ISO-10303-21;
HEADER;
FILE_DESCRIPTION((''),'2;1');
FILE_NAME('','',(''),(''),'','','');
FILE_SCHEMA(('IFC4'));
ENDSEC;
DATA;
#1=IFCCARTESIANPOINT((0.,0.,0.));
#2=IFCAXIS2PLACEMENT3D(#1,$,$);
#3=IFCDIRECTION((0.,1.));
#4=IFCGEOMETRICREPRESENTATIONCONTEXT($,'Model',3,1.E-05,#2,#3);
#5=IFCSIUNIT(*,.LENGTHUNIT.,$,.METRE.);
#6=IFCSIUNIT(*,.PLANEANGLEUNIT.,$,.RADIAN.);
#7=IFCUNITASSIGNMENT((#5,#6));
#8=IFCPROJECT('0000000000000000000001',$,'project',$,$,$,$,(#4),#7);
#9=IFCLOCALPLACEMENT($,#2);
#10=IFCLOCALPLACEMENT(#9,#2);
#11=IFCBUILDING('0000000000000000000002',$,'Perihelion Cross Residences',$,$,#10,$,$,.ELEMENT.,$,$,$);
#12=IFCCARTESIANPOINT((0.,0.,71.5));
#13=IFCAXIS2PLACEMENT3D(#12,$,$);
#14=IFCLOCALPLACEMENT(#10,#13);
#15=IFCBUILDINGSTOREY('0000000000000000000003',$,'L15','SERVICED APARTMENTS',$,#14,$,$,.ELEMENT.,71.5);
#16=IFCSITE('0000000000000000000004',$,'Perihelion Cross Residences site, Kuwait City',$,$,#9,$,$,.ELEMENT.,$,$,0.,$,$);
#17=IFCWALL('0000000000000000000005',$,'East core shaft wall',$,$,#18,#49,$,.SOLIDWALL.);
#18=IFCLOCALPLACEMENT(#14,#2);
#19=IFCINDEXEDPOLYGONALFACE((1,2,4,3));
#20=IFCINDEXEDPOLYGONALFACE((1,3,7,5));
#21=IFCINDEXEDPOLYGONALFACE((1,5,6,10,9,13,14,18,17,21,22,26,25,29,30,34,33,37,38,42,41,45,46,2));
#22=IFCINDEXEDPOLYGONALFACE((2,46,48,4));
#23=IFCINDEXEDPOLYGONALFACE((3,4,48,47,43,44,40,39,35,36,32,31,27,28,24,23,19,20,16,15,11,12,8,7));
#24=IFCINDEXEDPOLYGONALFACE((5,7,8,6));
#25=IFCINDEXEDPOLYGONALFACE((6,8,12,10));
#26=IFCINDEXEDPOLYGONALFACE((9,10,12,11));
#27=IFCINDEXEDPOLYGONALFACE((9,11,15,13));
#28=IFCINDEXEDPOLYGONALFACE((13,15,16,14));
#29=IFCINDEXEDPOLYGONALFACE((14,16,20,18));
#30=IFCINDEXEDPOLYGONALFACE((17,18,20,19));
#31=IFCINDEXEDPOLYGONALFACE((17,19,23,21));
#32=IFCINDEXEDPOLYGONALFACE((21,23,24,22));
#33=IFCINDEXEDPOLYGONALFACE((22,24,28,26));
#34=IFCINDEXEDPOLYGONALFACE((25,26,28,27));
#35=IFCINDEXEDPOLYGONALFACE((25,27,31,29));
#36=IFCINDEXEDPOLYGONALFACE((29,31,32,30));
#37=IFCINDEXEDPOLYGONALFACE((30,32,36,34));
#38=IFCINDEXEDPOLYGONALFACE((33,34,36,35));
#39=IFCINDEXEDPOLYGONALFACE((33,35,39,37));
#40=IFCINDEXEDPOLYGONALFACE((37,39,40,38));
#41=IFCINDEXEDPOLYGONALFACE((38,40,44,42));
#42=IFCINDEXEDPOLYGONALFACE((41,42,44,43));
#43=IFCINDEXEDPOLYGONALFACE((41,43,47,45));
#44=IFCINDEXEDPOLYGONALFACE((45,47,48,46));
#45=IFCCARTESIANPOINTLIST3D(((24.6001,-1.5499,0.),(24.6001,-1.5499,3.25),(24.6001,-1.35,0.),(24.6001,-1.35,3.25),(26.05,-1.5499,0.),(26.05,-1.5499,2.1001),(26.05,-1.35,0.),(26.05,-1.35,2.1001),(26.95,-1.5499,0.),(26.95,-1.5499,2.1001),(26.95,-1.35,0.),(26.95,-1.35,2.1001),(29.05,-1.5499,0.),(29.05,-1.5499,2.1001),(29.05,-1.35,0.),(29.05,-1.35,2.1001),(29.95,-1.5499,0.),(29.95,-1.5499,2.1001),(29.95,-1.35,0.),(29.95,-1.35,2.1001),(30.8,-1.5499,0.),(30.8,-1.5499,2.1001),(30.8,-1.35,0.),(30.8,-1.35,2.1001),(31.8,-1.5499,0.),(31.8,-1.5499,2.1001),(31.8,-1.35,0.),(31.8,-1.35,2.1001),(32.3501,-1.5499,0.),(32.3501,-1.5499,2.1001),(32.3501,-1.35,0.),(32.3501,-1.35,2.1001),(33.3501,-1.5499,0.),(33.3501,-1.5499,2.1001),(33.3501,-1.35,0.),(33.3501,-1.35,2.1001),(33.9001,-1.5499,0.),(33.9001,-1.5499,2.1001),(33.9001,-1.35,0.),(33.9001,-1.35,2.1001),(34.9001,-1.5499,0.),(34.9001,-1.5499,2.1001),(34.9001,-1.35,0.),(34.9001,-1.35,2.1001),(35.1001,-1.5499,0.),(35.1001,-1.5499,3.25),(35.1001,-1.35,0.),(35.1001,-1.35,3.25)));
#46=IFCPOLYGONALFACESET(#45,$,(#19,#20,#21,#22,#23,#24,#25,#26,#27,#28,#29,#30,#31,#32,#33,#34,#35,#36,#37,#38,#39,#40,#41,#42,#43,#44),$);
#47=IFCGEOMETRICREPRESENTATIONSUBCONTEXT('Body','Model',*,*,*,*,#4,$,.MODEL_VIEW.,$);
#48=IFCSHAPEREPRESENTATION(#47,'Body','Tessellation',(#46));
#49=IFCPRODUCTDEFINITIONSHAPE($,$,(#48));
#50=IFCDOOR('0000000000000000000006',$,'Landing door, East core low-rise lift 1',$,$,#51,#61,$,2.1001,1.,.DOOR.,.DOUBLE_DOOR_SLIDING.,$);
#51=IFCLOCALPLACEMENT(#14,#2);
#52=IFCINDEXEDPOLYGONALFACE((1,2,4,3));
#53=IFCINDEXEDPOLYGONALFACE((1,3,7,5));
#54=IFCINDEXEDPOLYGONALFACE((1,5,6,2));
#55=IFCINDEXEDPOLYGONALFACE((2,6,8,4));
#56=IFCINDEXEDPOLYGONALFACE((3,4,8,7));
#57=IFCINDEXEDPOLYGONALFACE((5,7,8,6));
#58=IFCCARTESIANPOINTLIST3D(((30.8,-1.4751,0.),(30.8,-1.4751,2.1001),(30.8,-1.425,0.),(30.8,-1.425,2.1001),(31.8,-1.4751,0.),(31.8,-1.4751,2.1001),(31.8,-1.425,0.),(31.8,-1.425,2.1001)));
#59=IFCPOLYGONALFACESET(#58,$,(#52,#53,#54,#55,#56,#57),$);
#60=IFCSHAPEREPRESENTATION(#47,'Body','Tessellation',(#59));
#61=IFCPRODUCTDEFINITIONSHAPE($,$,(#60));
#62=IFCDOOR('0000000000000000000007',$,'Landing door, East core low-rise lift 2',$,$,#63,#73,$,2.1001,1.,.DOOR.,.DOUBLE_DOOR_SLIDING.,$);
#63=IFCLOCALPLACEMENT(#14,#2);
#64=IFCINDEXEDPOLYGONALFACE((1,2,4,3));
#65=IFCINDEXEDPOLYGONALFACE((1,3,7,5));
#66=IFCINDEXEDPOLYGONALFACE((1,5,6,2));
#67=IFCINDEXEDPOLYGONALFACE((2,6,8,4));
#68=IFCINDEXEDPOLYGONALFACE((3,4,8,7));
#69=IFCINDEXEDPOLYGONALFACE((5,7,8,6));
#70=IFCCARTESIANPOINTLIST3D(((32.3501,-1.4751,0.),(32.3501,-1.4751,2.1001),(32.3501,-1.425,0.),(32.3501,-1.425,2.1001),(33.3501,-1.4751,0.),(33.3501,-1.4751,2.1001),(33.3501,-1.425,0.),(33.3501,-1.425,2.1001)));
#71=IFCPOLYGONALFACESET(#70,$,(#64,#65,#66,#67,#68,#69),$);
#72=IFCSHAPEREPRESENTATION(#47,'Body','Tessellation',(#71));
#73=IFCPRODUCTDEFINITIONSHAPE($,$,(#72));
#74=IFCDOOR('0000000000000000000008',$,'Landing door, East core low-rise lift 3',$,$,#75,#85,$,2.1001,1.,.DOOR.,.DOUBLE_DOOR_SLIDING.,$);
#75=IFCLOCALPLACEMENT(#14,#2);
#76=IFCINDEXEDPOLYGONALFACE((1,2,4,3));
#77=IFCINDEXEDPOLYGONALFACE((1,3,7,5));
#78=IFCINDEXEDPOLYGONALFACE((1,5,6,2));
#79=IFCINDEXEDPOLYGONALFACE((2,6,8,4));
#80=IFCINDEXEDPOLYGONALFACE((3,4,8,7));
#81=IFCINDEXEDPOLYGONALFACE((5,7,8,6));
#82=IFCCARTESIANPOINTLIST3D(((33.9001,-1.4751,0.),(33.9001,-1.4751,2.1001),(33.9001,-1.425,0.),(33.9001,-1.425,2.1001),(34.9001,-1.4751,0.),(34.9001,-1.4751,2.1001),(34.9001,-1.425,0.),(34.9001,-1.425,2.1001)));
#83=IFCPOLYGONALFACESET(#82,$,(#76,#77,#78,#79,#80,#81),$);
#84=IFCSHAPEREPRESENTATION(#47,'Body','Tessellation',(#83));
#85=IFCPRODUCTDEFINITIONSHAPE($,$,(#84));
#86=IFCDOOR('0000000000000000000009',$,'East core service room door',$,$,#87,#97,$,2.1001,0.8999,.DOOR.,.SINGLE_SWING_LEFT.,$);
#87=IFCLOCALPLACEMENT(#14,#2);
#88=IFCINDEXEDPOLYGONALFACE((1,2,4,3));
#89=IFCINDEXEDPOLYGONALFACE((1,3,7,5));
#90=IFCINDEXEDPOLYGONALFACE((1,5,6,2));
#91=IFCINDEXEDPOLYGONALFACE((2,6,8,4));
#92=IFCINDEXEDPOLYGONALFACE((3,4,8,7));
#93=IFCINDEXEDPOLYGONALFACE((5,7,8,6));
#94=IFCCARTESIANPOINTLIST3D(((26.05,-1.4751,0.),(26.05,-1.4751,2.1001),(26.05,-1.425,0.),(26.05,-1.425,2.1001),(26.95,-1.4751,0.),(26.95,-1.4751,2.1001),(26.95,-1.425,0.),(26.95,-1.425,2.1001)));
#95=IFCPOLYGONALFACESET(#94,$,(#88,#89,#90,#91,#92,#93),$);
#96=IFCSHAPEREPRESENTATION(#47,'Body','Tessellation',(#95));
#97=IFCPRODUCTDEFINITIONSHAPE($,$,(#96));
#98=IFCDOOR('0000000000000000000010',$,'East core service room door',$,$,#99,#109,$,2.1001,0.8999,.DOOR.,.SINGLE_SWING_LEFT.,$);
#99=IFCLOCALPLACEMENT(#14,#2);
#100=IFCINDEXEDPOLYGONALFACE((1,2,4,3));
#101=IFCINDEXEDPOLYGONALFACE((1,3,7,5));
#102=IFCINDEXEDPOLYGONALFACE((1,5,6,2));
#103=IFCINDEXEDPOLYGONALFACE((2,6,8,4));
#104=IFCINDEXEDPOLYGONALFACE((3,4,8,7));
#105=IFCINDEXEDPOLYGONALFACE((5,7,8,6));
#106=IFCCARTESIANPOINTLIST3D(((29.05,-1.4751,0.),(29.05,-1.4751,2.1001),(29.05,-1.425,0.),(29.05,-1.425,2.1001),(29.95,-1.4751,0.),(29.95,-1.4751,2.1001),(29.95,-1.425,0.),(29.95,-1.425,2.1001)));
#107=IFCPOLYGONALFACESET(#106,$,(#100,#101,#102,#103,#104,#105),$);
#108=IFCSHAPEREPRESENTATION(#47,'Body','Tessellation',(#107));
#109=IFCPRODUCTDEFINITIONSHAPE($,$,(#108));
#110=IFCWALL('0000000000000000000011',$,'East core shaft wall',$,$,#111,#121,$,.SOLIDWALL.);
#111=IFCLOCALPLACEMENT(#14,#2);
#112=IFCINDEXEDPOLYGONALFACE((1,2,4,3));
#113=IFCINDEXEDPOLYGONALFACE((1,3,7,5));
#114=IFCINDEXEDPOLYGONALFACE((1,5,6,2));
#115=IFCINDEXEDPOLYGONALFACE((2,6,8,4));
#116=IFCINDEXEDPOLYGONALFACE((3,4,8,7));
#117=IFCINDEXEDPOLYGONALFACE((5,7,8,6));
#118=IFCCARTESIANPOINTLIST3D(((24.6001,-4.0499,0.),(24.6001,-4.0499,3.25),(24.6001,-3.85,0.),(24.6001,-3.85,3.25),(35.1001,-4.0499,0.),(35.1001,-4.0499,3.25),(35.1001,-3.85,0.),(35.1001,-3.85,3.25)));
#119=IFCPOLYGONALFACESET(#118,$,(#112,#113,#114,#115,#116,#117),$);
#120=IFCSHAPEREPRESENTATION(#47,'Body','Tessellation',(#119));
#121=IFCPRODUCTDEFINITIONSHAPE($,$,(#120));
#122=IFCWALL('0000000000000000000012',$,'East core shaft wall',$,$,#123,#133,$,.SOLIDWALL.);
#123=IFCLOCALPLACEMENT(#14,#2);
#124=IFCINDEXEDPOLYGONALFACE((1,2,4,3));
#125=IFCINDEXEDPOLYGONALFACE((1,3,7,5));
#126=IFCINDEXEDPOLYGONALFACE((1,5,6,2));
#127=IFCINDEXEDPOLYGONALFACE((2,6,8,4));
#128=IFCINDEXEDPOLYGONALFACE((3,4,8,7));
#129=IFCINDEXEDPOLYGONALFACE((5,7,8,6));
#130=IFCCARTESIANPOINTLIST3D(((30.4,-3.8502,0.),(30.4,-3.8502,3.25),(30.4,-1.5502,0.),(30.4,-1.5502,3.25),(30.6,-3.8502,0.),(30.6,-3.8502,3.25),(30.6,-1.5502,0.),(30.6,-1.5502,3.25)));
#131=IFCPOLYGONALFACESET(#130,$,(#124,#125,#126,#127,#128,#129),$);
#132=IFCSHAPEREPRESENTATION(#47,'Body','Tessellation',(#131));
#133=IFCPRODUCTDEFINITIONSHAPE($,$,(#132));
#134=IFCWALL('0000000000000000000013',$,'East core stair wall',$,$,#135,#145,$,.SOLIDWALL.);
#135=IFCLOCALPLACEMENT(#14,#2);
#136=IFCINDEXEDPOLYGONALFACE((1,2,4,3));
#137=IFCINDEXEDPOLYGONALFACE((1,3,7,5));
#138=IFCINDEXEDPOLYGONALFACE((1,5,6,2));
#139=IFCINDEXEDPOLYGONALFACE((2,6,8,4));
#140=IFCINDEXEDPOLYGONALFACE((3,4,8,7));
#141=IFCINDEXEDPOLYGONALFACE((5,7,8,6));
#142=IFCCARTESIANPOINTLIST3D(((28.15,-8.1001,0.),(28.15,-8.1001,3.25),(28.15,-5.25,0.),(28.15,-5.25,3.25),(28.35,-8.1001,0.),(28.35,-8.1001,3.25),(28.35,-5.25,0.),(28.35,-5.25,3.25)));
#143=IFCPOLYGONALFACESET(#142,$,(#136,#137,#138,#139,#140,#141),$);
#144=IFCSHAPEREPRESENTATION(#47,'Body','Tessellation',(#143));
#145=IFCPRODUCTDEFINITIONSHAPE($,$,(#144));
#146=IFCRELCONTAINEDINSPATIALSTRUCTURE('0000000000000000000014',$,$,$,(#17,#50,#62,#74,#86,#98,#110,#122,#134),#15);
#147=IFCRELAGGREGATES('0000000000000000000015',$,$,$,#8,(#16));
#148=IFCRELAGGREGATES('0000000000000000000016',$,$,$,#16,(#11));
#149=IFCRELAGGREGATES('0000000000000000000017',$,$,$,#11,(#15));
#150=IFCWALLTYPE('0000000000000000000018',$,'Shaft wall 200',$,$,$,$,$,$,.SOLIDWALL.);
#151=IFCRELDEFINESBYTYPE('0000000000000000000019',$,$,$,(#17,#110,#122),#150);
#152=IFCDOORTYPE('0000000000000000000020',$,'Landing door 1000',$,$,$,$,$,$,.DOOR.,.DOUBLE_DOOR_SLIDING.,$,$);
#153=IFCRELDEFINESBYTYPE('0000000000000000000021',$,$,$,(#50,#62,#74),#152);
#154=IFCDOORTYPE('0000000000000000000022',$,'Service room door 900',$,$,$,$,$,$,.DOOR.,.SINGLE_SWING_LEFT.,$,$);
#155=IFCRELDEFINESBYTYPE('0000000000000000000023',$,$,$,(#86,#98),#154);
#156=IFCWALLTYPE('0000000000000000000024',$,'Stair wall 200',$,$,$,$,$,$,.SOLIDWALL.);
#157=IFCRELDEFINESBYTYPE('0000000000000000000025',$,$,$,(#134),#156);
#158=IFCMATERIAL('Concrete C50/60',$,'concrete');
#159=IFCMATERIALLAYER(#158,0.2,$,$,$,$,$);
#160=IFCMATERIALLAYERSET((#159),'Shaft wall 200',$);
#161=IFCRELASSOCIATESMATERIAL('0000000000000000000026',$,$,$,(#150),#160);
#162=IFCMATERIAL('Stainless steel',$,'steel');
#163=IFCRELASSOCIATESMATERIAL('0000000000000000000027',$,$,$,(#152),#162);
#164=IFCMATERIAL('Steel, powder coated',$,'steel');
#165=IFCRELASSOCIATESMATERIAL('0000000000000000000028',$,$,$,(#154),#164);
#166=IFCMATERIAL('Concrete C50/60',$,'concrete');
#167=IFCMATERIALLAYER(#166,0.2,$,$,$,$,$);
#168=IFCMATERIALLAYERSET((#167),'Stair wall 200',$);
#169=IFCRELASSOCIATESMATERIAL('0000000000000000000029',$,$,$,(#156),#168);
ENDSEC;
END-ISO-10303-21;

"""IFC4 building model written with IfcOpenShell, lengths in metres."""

from ifc_helpers import new_model, si_unit, direction, frame, frame_2d, origin, place, context, subcontext, project, spatial, rectangle, extrude, material, layer, layer_set, type_object, element, fill, save


model = new_model("IFC4")

# Units and contexts
model_context = context("Model", 3, precision=1e-05, world=origin(), true_north=direction((0.0, 1.0)))
body_context = subcontext(model_context, "Body", "Model", "MODEL_VIEW")
ifc_project = project(units=[si_unit("LENGTHUNIT", "METRE"), si_unit("PLANEANGLEUNIT", "RADIAN")], contexts=[model_context])

# Site, building, storey
site_placement = place(None, origin())
site = spatial("IfcSite", under=ifc_project, at=site_placement, Name="Perihelion Cross Residences site, Kuwait City", CompositionType="ELEMENT", RefElevation=0.0)
building_placement = place(site_placement, origin())
building = spatial("IfcBuilding", under=site, at=building_placement, Name="Perihelion Cross Residences", CompositionType="ELEMENT")
storey_placement = place(building_placement, frame((0.0, 0.0, 71.5)))
storey = spatial("IfcBuildingStorey", under=building, at=storey_placement, Name="L15", Description="SERVICED APARTMENTS", CompositionType="ELEMENT", Elevation=71.5)

# Wall, openings, doors
ifc_material_1 = material(Name="Concrete C50/60", Category="concrete")
ifc_layer_1 = layer(ifc_material_1, 0.2)
ifc_layer_set_1 = layer_set([ifc_layer_1], Name="Shaft wall 200")
wall_type_1 = type_object("IfcWallType", Name="Shaft wall 200", PredefinedType="SOLIDWALL", material=ifc_layer_set_1)
wall_1_placement = place(storey_placement, frame((24.6001, -1.45, 0.0), z_axis=(0.0, 0.0, 1.0), x_axis=(1.0, 0.0, 0.0)))
wall_1 = element("IfcWall", 1, at=wall_1_placement, inside=storey, type_object=wall_type_1, Name="East core shaft wall", PredefinedType="SOLIDWALL", context=body_context, shape_type="SweptSolid", body=[
    extrude(rectangle(XDim=10.5, YDim=0.2, at=frame_2d((5.25, 0.0))), origin(), (0.0, 0.0, 1.0), 3.25),
])
opening_1_placement = place(wall_1_placement, frame((6.2, 0.0, 0.0)))
opening_1 = element("IfcOpeningElement", 2, at=opening_1_placement, cuts=wall_1, PredefinedType="OPENING", context=body_context, shape_type="SweptSolid", body=[
    extrude(rectangle(XDim=1.0, YDim=2.1001, at=frame_2d((0.5, 1.05))), frame((0.0, 0.1099, 0.0), z_axis=(0.0, -1.0, 0.0), x_axis=(1.0, 0.0, 0.0)), (0.0, 0.0, 1.0), 0.22),
])
opening_2_placement = place(wall_1_placement, frame((7.75, 0.0, 0.0)))
opening_2 = element("IfcOpeningElement", 3, at=opening_2_placement, cuts=wall_1, PredefinedType="OPENING", context=body_context, shape_type="SweptSolid", body=[
    extrude(rectangle(XDim=1.0, YDim=2.1001, at=frame_2d((0.5, 1.05))), frame((0.0, 0.1099, 0.0), z_axis=(0.0, -1.0, 0.0), x_axis=(1.0, 0.0, 0.0)), (0.0, 0.0, 1.0), 0.22),
])
opening_3_placement = place(wall_1_placement, frame((9.3, 0.0, 0.0)))
opening_3 = element("IfcOpeningElement", 4, at=opening_3_placement, cuts=wall_1, PredefinedType="OPENING", context=body_context, shape_type="SweptSolid", body=[
    extrude(rectangle(XDim=1.0, YDim=2.1001, at=frame_2d((0.5, 1.05))), frame((0.0, 0.1099, 0.0), z_axis=(0.0, -1.0, 0.0), x_axis=(1.0, 0.0, 0.0)), (0.0, 0.0, 1.0), 0.22),
])
opening_4_placement = place(wall_1_placement, frame((1.45, 0.0, 0.0)))
opening_4 = element("IfcOpeningElement", 5, at=opening_4_placement, cuts=wall_1, PredefinedType="OPENING", context=body_context, shape_type="SweptSolid", body=[
    extrude(rectangle(XDim=0.8999, YDim=2.1001, at=frame_2d((0.45, 1.05))), frame((0.0, 0.1099, 0.0), z_axis=(0.0, -1.0, 0.0), x_axis=(1.0, 0.0, 0.0)), (0.0, 0.0, 1.0), 0.22),
])
opening_5_placement = place(wall_1_placement, frame((4.45, 0.0, 0.0)))
opening_5 = element("IfcOpeningElement", 6, at=opening_5_placement, cuts=wall_1, PredefinedType="OPENING", context=body_context, shape_type="SweptSolid", body=[
    extrude(rectangle(XDim=0.8999, YDim=2.1001, at=frame_2d((0.45, 1.05))), frame((0.0, 0.1099, 0.0), z_axis=(0.0, -1.0, 0.0), x_axis=(1.0, 0.0, 0.0)), (0.0, 0.0, 1.0), 0.22),
])
ifc_material_2 = material(Name="Stainless steel", Category="steel")
door_type_1 = type_object("IfcDoorType", Name="Landing door 1000", OperationType="DOUBLE_DOOR_SLIDING", PredefinedType="DOOR", material=ifc_material_2)
door_1_placement = place(opening_1_placement, origin())
door_1 = element("IfcDoor", 7, at=door_1_placement, inside=storey, type_object=door_type_1, Name="Landing door, East core low-rise lift 1", OperationType="DOUBLE_DOOR_SLIDING", OverallHeight=2.1001, OverallWidth=1.0, PredefinedType="DOOR", context=body_context, shape_type="SweptSolid", body=[
    extrude(rectangle(XDim=1.0, YDim=2.1001, at=frame_2d((0.5, 1.05))), frame((0.0, 0.0249, 0.0), z_axis=(0.0, -1.0, 0.0), x_axis=(1.0, 0.0, 0.0)), (0.0, 0.0, 1.0), 0.05),
])
fill(opening_1, door_1)
door_2_placement = place(opening_2_placement, origin())
door_2 = element("IfcDoor", 8, at=door_2_placement, inside=storey, type_object=door_type_1, Name="Landing door, East core low-rise lift 2", OperationType="DOUBLE_DOOR_SLIDING", OverallHeight=2.1001, OverallWidth=1.0, PredefinedType="DOOR", context=body_context, shape_type="SweptSolid", body=[
    extrude(rectangle(XDim=1.0, YDim=2.1001, at=frame_2d((0.5, 1.05))), frame((0.0, 0.0249, 0.0), z_axis=(0.0, -1.0, 0.0), x_axis=(1.0, 0.0, 0.0)), (0.0, 0.0, 1.0), 0.05),
])
fill(opening_2, door_2)
door_3_placement = place(opening_3_placement, origin())
door_3 = element("IfcDoor", 9, at=door_3_placement, inside=storey, type_object=door_type_1, Name="Landing door, East core low-rise lift 3", OperationType="DOUBLE_DOOR_SLIDING", OverallHeight=2.1001, OverallWidth=1.0, PredefinedType="DOOR", context=body_context, shape_type="SweptSolid", body=[
    extrude(rectangle(XDim=1.0, YDim=2.1001, at=frame_2d((0.5, 1.05))), frame((0.0, 0.0249, 0.0), z_axis=(0.0, -1.0, 0.0), x_axis=(1.0, 0.0, 0.0)), (0.0, 0.0, 1.0), 0.05),
])
fill(opening_3, door_3)
ifc_material_3 = material(Name="Steel, powder coated", Category="steel")
door_type_2 = type_object("IfcDoorType", Name="Service room door 900", OperationType="SINGLE_SWING_LEFT", PredefinedType="DOOR", material=ifc_material_3)
door_4_placement = place(opening_4_placement, origin())
door_4 = element("IfcDoor", 10, at=door_4_placement, inside=storey, type_object=door_type_2, Name="East core service room door", OperationType="SINGLE_SWING_LEFT", OverallHeight=2.1001, OverallWidth=0.8999, PredefinedType="DOOR", context=body_context, shape_type="SweptSolid", body=[
    extrude(rectangle(XDim=0.8999, YDim=2.1001, at=frame_2d((0.45, 1.05))), frame((0.0, 0.0249, 0.0), z_axis=(0.0, -1.0, 0.0), x_axis=(1.0, 0.0, 0.0)), (0.0, 0.0, 1.0), 0.05),
])
fill(opening_4, door_4)
door_5_placement = place(opening_5_placement, origin())
door_5 = element("IfcDoor", 11, at=door_5_placement, inside=storey, type_object=door_type_2, Name="East core service room door", OperationType="SINGLE_SWING_LEFT", OverallHeight=2.1001, OverallWidth=0.8999, PredefinedType="DOOR", context=body_context, shape_type="SweptSolid", body=[
    extrude(rectangle(XDim=0.8999, YDim=2.1001, at=frame_2d((0.45, 1.05))), frame((0.0, 0.0249, 0.0), z_axis=(0.0, -1.0, 0.0), x_axis=(1.0, 0.0, 0.0)), (0.0, 0.0, 1.0), 0.05),
])
fill(opening_5, door_5)

# Walls
wall_2_placement = place(storey_placement, frame((24.6001, -3.95, 0.0), z_axis=(0.0, 0.0, 1.0), x_axis=(1.0, 0.0, 0.0)))
element("IfcWall", 12, at=wall_2_placement, inside=storey, type_object=wall_type_1, Name="East core shaft wall", PredefinedType="SOLIDWALL", context=body_context, shape_type="SweptSolid", body=[
    extrude(rectangle(XDim=10.5, YDim=0.2, at=frame_2d((5.25, 0.0))), origin(), (0.0, 0.0, 1.0), 3.25),
])
wall_3_placement = place(storey_placement, frame((30.5, -3.8501, 0.0), z_axis=(0.0, 0.0, 1.0), x_axis=(0.0, 1.0, 0.0)))
element("IfcWall", 13, at=wall_3_placement, inside=storey, type_object=wall_type_1, Name="East core shaft wall", PredefinedType="SOLIDWALL", context=body_context, shape_type="SweptSolid", body=[
    extrude(rectangle(XDim=2.3, YDim=0.2, at=frame_2d((1.1499, 0.0))), origin(), (0.0, 0.0, 1.0), 3.25),
])
ifc_material_4 = material(Name="Concrete C50/60", Category="concrete")
ifc_layer_2 = layer(ifc_material_4, 0.2)
ifc_layer_set_2 = layer_set([ifc_layer_2], Name="Stair wall 200")
wall_type_2 = type_object("IfcWallType", Name="Stair wall 200", PredefinedType="SOLIDWALL", material=ifc_layer_set_2)
wall_4_placement = place(storey_placement, frame((28.25, -8.1001, 0.0), z_axis=(0.0, 0.0, 1.0), x_axis=(0.0, 1.0, 0.0)))
element("IfcWall", 14, at=wall_4_placement, inside=storey, type_object=wall_type_2, Name="East core stair wall", PredefinedType="SOLIDWALL", context=body_context, shape_type="SweptSolid", body=[
    extrude(rectangle(XDim=2.8501, YDim=0.2, at=frame_2d((1.425, 0.0))), origin(), (0.0, 0.0, 1.0), 3.25),
])

save(model, "model.ifc")
